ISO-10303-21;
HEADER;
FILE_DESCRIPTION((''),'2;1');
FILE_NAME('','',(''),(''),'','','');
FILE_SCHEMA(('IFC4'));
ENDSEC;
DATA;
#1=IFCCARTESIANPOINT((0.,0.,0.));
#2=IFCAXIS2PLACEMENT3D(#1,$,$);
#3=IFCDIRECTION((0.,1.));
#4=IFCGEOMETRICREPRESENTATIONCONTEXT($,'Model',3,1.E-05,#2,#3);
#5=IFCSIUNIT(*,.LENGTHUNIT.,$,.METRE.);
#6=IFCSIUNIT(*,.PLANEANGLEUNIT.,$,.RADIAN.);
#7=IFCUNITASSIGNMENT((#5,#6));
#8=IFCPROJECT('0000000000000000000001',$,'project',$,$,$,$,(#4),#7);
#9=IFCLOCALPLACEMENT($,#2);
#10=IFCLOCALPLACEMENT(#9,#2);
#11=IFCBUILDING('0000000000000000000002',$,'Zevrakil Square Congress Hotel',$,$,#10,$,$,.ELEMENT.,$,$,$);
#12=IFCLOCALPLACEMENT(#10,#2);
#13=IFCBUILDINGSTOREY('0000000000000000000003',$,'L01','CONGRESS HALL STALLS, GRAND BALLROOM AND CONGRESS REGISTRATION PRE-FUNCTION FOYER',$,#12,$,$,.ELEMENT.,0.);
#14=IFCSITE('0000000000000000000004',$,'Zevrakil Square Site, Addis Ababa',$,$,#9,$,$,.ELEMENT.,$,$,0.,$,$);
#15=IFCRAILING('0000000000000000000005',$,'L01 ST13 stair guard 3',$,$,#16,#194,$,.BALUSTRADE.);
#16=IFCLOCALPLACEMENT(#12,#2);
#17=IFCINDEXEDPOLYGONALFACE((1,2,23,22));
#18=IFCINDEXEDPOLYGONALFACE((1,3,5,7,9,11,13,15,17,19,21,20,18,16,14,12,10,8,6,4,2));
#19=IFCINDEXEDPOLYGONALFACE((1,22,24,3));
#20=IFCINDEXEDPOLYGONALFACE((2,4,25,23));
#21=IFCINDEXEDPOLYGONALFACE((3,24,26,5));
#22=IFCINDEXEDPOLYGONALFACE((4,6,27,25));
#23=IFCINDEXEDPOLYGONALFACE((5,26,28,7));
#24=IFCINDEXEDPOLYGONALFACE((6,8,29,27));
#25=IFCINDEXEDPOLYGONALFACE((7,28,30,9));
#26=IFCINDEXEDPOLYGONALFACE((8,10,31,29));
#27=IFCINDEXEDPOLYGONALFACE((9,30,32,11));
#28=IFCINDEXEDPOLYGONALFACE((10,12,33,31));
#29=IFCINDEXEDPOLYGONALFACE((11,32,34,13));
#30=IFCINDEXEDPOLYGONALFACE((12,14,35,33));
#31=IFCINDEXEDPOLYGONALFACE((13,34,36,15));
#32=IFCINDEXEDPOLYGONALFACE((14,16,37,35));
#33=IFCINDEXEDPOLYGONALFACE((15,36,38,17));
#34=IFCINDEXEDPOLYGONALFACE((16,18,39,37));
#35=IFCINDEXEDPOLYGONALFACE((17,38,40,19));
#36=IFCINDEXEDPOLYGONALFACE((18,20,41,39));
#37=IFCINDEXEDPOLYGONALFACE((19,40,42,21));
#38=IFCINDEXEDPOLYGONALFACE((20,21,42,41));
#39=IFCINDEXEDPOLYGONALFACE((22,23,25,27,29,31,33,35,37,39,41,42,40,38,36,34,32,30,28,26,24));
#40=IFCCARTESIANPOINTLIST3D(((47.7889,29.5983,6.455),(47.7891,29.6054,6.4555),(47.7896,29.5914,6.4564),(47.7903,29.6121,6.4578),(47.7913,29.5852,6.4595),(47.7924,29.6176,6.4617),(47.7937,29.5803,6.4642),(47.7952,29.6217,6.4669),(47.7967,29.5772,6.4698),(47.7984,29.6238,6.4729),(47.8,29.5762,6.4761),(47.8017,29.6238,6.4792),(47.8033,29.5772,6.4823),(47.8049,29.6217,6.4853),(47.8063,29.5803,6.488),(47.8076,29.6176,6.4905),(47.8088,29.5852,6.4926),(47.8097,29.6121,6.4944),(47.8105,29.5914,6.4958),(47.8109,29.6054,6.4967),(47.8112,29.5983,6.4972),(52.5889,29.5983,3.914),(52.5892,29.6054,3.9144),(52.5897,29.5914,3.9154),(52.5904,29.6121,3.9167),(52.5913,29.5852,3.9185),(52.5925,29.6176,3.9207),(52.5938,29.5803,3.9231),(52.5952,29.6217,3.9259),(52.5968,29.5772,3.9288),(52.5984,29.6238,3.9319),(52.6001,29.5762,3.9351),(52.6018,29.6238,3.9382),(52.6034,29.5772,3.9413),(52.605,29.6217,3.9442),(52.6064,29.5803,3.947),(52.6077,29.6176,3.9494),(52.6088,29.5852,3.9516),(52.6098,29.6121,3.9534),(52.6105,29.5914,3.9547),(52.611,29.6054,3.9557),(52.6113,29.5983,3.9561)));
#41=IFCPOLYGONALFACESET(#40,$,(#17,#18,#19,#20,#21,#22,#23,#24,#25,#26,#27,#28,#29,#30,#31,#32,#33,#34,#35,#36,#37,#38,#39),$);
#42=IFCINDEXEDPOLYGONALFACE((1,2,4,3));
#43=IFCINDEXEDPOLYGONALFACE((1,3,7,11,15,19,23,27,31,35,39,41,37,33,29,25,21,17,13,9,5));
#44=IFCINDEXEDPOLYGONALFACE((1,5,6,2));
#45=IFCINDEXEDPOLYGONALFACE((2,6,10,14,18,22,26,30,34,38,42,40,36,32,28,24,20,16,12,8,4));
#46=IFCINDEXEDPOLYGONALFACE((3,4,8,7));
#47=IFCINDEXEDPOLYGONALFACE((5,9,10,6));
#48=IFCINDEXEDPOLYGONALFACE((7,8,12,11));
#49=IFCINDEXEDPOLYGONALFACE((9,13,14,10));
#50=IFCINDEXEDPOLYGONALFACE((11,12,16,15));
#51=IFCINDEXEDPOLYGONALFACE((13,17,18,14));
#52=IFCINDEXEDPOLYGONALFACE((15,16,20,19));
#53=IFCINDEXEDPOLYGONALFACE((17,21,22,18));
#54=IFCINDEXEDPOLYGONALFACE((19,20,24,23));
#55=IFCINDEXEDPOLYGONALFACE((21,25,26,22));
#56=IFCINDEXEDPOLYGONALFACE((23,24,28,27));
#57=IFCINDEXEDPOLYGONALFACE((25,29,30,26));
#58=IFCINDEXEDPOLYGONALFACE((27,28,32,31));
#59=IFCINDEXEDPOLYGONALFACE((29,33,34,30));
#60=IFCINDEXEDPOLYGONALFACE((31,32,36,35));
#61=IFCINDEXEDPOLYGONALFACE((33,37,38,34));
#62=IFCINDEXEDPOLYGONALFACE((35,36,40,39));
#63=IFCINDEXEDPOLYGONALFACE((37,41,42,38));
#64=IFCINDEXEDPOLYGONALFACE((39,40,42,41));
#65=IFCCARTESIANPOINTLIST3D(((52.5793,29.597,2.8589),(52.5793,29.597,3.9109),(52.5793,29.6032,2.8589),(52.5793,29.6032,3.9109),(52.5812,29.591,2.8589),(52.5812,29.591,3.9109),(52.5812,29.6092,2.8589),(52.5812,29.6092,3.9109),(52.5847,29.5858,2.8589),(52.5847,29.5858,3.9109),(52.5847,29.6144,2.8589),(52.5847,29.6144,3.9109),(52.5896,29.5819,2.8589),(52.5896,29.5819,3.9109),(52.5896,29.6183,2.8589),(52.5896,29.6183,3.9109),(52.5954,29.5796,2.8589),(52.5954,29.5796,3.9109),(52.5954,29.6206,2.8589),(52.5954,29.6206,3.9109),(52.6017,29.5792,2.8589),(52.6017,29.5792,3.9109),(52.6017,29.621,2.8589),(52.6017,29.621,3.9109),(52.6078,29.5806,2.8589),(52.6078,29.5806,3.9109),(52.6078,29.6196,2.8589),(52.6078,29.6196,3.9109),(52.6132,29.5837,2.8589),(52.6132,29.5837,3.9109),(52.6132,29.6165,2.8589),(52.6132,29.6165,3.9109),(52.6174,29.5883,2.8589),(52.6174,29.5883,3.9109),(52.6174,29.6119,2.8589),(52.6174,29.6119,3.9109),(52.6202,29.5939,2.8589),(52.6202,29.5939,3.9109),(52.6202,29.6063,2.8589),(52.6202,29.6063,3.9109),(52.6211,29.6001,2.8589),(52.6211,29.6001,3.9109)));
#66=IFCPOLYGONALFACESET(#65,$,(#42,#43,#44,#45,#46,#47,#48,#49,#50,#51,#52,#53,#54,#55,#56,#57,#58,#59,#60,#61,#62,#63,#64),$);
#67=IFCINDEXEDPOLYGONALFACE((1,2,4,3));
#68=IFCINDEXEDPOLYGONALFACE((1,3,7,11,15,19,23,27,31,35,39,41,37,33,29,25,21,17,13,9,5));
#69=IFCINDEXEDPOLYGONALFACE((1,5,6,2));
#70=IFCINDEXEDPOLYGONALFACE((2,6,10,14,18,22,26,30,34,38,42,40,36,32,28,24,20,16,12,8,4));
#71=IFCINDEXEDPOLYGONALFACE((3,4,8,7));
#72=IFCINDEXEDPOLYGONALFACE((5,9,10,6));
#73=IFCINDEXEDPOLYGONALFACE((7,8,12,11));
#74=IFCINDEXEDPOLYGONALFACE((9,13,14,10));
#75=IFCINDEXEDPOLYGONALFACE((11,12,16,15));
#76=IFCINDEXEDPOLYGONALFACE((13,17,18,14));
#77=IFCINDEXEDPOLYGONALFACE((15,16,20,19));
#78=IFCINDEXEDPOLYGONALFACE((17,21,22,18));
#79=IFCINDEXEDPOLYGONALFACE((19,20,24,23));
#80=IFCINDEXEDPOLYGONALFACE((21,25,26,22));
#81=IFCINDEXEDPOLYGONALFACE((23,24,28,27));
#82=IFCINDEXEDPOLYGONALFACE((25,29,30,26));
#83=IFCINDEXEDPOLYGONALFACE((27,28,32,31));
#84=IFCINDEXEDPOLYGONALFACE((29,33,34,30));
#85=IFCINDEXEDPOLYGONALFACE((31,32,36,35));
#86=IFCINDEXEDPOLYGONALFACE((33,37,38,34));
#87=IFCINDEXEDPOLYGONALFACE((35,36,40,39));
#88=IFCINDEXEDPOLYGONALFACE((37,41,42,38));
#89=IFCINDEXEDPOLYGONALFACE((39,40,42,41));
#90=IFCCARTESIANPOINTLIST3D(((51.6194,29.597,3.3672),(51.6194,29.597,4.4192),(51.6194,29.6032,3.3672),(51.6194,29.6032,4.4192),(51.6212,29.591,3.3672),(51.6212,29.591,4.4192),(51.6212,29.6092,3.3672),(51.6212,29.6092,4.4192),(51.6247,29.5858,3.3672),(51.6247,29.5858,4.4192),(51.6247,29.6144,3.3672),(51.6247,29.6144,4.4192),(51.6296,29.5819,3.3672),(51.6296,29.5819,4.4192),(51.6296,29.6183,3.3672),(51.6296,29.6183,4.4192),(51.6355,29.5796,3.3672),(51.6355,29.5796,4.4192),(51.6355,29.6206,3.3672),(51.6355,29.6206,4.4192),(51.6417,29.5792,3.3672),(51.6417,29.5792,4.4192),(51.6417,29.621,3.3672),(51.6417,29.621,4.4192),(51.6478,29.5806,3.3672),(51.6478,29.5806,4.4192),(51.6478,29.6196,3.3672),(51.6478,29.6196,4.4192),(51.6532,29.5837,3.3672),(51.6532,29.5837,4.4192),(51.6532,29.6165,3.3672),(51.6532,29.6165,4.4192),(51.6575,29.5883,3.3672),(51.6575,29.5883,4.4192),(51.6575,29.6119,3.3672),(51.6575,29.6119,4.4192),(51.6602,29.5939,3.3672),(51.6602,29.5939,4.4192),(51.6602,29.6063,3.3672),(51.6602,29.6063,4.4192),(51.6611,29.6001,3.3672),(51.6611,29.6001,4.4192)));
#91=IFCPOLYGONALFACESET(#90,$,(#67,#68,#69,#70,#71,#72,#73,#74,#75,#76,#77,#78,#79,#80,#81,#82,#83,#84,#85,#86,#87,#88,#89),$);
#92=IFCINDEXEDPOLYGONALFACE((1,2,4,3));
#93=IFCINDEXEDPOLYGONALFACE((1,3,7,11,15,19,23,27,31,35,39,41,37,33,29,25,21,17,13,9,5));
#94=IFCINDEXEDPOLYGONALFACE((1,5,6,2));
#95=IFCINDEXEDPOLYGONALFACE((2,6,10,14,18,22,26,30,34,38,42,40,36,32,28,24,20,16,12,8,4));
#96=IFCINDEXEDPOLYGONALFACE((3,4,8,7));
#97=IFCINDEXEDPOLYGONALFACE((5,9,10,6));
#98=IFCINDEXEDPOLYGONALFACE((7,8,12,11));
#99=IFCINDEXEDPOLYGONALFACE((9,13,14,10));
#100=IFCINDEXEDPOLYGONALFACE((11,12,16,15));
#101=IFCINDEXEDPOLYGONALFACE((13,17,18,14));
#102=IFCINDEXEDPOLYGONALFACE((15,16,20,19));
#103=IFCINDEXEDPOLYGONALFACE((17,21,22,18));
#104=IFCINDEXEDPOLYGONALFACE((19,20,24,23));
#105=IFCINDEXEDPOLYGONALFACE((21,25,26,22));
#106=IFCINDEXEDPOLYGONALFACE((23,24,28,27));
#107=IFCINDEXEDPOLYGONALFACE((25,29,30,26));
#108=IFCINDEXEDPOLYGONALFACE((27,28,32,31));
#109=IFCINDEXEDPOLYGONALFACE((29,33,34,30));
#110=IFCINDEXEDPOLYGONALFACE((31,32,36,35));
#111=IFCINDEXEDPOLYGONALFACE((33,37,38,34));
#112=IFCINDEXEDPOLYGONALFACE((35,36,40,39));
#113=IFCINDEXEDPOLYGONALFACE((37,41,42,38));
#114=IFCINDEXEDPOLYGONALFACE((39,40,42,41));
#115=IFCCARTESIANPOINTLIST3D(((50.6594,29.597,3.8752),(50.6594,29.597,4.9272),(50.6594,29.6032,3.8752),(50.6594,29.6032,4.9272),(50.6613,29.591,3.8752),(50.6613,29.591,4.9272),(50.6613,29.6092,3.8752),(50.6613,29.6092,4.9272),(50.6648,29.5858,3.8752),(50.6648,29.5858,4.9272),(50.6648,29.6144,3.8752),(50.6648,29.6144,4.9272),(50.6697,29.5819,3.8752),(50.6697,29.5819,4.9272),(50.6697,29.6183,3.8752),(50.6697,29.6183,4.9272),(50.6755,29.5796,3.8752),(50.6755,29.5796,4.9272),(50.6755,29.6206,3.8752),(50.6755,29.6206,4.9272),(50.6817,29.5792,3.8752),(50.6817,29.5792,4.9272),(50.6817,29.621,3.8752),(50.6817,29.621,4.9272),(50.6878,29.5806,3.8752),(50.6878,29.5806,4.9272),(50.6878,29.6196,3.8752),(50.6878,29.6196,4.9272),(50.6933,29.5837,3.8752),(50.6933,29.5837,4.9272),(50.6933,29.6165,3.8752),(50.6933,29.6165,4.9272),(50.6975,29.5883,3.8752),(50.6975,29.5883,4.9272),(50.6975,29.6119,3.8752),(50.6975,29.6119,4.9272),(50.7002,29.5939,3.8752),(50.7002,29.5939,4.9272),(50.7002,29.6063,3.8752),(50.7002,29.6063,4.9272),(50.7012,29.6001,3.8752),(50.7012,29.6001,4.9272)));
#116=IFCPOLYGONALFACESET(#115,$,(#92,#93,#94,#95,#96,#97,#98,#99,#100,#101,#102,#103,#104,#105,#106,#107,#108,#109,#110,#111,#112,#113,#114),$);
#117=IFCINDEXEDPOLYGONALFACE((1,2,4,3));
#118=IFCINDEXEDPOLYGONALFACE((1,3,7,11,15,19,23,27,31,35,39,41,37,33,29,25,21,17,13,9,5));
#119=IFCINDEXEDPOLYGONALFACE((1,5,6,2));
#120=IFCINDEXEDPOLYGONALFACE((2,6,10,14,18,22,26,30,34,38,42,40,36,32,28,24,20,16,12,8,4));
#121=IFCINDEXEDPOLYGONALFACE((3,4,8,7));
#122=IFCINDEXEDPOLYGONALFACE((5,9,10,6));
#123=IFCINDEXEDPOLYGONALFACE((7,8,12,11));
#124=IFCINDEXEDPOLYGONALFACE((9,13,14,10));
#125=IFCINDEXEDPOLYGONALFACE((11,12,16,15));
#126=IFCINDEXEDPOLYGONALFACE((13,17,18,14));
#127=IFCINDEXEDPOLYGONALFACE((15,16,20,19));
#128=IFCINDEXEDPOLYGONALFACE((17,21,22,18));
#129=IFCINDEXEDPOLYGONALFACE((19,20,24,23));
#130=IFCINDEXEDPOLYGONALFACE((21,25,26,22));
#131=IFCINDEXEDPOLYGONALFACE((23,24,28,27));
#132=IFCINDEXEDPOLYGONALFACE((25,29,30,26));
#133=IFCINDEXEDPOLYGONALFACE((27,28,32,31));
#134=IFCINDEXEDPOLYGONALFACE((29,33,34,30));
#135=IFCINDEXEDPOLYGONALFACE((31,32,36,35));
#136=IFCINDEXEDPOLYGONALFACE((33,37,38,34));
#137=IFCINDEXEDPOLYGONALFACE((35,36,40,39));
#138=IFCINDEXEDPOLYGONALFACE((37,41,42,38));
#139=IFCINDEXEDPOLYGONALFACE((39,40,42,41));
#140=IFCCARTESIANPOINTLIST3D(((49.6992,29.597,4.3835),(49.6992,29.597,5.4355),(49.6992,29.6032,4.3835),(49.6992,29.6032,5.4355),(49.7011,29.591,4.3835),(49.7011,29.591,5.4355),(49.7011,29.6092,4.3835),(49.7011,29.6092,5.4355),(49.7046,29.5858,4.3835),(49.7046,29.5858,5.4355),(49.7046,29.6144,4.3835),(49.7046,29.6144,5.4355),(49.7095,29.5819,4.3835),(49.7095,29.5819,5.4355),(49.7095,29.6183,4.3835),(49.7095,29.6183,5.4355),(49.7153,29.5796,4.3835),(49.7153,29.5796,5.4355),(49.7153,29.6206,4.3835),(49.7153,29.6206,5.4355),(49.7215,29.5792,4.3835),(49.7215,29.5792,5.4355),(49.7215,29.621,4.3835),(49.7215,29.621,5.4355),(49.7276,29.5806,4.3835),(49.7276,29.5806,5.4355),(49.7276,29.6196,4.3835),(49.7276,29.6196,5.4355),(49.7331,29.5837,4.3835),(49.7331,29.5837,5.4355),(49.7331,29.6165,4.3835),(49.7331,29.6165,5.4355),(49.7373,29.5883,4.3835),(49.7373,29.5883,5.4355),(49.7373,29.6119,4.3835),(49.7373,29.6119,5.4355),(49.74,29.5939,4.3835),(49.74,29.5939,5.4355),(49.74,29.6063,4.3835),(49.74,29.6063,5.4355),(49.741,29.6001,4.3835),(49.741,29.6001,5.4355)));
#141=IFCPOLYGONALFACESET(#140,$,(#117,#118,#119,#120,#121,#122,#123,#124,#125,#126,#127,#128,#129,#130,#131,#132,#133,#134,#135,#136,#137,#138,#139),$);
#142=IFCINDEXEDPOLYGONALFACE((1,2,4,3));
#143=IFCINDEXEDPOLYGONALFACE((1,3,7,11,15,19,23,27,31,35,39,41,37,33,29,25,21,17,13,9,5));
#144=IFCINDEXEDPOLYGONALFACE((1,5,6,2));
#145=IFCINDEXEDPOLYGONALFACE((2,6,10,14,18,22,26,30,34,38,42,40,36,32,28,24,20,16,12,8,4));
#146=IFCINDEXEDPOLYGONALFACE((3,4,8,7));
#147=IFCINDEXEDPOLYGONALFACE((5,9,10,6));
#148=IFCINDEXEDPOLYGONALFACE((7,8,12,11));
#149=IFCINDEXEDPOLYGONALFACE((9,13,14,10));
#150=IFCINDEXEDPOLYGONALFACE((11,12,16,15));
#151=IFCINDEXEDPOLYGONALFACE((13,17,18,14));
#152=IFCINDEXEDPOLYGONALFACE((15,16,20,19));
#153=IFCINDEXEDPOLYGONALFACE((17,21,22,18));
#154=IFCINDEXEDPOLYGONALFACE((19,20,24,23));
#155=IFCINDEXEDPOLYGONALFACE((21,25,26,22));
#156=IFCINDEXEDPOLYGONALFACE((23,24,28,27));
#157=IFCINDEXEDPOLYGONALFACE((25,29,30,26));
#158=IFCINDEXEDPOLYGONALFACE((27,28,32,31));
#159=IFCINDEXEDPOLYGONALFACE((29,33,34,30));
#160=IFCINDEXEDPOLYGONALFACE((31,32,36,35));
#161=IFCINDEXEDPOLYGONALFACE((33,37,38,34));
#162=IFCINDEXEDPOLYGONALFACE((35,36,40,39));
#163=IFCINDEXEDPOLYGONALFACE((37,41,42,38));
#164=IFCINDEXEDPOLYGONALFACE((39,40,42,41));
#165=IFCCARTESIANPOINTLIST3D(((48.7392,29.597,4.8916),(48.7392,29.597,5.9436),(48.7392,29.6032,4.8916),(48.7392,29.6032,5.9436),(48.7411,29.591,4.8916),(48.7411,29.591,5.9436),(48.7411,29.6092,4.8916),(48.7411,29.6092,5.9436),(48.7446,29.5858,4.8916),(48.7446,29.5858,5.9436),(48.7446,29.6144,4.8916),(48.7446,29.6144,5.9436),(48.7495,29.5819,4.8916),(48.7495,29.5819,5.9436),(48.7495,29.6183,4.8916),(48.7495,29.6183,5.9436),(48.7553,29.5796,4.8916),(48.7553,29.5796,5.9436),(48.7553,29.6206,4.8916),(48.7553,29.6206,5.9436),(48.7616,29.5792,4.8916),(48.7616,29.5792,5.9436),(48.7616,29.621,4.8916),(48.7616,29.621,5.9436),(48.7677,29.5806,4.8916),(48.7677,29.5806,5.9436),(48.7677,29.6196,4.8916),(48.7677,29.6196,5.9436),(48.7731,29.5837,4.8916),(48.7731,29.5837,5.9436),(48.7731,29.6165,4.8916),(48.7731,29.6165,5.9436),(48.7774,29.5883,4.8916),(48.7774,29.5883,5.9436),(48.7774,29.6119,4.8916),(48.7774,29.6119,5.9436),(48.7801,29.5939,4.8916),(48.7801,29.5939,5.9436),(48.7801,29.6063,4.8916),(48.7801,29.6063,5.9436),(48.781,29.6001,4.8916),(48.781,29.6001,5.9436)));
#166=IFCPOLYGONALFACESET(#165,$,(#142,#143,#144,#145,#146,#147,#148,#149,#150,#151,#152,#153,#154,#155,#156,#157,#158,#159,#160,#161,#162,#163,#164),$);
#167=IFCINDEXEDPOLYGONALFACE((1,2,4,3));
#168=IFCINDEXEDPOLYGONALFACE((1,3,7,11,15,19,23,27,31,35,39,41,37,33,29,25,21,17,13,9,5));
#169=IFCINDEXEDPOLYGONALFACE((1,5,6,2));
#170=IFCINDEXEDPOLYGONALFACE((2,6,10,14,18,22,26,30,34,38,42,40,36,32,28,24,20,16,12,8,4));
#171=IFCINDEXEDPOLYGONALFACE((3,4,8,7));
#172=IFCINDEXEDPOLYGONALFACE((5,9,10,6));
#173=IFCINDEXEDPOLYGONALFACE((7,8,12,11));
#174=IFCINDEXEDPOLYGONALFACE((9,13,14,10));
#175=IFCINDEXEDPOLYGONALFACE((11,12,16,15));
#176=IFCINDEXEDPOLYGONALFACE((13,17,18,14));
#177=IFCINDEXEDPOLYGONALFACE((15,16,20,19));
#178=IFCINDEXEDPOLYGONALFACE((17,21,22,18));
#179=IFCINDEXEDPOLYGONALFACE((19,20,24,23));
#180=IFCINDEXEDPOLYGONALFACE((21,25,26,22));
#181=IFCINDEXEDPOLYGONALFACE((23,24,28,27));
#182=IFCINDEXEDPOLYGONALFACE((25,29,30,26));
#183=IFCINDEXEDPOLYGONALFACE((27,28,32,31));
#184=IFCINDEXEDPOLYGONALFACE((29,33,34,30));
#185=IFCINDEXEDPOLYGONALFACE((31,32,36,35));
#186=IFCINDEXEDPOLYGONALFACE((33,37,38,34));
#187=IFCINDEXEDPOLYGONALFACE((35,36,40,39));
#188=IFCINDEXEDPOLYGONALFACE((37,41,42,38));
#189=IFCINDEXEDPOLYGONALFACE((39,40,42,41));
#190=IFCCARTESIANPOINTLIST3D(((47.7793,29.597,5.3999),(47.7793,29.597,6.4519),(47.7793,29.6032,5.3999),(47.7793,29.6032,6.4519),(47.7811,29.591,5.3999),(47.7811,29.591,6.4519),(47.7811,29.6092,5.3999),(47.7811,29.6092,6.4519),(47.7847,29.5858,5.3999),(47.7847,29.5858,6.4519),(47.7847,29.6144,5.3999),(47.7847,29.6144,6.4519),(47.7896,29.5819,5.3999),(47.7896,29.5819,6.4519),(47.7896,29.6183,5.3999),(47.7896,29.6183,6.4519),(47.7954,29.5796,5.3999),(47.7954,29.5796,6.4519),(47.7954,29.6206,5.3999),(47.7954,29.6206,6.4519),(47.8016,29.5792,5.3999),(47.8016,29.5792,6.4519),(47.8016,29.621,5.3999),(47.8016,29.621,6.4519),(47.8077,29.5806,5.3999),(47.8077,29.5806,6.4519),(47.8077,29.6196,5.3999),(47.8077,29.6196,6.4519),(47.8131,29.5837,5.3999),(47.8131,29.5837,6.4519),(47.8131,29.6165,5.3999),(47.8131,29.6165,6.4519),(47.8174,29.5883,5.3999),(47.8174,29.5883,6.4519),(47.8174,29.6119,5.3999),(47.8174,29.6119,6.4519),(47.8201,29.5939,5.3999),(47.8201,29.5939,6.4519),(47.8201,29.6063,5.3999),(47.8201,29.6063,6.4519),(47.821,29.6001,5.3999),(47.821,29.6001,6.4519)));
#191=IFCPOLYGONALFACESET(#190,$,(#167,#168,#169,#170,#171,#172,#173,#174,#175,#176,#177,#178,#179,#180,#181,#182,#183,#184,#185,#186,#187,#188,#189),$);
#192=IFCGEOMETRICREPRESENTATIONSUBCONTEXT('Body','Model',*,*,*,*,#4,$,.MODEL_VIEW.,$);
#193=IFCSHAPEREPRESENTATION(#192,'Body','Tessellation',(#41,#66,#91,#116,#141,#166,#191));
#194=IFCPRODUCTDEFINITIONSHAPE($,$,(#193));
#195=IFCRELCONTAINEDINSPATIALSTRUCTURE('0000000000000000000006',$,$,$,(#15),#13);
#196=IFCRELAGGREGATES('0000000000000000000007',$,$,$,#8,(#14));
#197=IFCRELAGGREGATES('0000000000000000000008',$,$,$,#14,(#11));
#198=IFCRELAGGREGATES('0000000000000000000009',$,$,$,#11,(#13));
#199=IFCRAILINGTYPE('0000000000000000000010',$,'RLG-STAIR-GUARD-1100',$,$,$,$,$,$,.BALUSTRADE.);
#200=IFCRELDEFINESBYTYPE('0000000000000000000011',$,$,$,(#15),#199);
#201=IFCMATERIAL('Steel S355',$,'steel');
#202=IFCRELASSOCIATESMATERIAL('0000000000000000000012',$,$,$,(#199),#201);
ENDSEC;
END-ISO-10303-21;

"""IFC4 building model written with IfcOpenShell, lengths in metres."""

from ifc_helpers import new_model, si_unit, direction, frame, origin, origin_2d, place, context, subcontext, project, spatial, circle, extrude, material, type_object, element, save


model = new_model("IFC4")

# Units and contexts
model_context = context("Model", 3, precision=1e-05, world=origin(), true_north=direction((0.0, 1.0)))
body_context = subcontext(model_context, "Body", "Model", "MODEL_VIEW")
ifc_project = project(units=[si_unit("LENGTHUNIT", "METRE"), si_unit("PLANEANGLEUNIT", "RADIAN")], contexts=[model_context])

# Site, building, storey
site_placement = place(None, origin())
site = spatial("IfcSite", under=ifc_project, at=site_placement, Name="Zevrakil Square Site, Addis Ababa", CompositionType="ELEMENT", RefElevation=0.0)
building_placement = place(site_placement, origin())
building = spatial("IfcBuilding", under=site, at=building_placement, Name="Zevrakil Square Congress Hotel", CompositionType="ELEMENT")
storey_placement = place(building_placement, origin())
storey = spatial("IfcBuildingStorey", under=building, at=storey_placement, Name="L01", Description="CONGRESS HALL STALLS, GRAND BALLROOM AND CONGRESS REGISTRATION PRE-FUNCTION FOYER", CompositionType="ELEMENT", Elevation=0.0)

# Railing
ifc_material_1 = material(Name="Steel S355", Category="steel")
railing_type_1 = type_object("IfcRailingType", Name="RLG-STAIR-GUARD-1100", PredefinedType="BALUSTRADE", material=ifc_material_1)
railing_1_placement = place(storey_placement, frame((52.6001, 29.6001, 2.8589)))
element("IfcRailing", 1, at=railing_1_placement, inside=storey, type_object=railing_type_1, Name="L01 ST13 stair guard 3", PredefinedType="BALUSTRADE", context=body_context, shape_type="SweptSolid", body=[
    extrude(circle(Radius=0.0239, at=origin_2d()), frame((0.0, 0.0, 1.0762), z_axis=(-0.883802, 0.0, 0.467861), x_axis=(0.0, -1.0, 0.0)), (0.0, 0.0, 1.0), 5.4312),
    extrude(circle(Radius=0.021, at=origin_2d()), origin(), (0.0, 0.0, 1.0), 1.052),
    extrude(circle(Radius=0.021, at=origin_2d()), frame((-0.96, 0.0, 0.5083)), (0.0, 0.0, 1.0), 1.052),
    extrude(circle(Radius=0.021, at=origin_2d()), frame((-1.9199, 0.0, 1.0164)), (0.0, 0.0, 1.0), 1.052),
    extrude(circle(Radius=0.021, at=origin_2d()), frame((-2.8801, 0.0, 1.5247)), (0.0, 0.0, 1.0), 1.052),
    extrude(circle(Radius=0.021, at=origin_2d()), frame((-3.8401, 0.0, 2.0327)), (0.0, 0.0, 1.0), 1.052),
    extrude(circle(Radius=0.021, at=origin_2d()), frame((-4.8, 0.0, 2.541)), (0.0, 0.0, 1.0), 1.052),
])

save(model, "model.ifc")
